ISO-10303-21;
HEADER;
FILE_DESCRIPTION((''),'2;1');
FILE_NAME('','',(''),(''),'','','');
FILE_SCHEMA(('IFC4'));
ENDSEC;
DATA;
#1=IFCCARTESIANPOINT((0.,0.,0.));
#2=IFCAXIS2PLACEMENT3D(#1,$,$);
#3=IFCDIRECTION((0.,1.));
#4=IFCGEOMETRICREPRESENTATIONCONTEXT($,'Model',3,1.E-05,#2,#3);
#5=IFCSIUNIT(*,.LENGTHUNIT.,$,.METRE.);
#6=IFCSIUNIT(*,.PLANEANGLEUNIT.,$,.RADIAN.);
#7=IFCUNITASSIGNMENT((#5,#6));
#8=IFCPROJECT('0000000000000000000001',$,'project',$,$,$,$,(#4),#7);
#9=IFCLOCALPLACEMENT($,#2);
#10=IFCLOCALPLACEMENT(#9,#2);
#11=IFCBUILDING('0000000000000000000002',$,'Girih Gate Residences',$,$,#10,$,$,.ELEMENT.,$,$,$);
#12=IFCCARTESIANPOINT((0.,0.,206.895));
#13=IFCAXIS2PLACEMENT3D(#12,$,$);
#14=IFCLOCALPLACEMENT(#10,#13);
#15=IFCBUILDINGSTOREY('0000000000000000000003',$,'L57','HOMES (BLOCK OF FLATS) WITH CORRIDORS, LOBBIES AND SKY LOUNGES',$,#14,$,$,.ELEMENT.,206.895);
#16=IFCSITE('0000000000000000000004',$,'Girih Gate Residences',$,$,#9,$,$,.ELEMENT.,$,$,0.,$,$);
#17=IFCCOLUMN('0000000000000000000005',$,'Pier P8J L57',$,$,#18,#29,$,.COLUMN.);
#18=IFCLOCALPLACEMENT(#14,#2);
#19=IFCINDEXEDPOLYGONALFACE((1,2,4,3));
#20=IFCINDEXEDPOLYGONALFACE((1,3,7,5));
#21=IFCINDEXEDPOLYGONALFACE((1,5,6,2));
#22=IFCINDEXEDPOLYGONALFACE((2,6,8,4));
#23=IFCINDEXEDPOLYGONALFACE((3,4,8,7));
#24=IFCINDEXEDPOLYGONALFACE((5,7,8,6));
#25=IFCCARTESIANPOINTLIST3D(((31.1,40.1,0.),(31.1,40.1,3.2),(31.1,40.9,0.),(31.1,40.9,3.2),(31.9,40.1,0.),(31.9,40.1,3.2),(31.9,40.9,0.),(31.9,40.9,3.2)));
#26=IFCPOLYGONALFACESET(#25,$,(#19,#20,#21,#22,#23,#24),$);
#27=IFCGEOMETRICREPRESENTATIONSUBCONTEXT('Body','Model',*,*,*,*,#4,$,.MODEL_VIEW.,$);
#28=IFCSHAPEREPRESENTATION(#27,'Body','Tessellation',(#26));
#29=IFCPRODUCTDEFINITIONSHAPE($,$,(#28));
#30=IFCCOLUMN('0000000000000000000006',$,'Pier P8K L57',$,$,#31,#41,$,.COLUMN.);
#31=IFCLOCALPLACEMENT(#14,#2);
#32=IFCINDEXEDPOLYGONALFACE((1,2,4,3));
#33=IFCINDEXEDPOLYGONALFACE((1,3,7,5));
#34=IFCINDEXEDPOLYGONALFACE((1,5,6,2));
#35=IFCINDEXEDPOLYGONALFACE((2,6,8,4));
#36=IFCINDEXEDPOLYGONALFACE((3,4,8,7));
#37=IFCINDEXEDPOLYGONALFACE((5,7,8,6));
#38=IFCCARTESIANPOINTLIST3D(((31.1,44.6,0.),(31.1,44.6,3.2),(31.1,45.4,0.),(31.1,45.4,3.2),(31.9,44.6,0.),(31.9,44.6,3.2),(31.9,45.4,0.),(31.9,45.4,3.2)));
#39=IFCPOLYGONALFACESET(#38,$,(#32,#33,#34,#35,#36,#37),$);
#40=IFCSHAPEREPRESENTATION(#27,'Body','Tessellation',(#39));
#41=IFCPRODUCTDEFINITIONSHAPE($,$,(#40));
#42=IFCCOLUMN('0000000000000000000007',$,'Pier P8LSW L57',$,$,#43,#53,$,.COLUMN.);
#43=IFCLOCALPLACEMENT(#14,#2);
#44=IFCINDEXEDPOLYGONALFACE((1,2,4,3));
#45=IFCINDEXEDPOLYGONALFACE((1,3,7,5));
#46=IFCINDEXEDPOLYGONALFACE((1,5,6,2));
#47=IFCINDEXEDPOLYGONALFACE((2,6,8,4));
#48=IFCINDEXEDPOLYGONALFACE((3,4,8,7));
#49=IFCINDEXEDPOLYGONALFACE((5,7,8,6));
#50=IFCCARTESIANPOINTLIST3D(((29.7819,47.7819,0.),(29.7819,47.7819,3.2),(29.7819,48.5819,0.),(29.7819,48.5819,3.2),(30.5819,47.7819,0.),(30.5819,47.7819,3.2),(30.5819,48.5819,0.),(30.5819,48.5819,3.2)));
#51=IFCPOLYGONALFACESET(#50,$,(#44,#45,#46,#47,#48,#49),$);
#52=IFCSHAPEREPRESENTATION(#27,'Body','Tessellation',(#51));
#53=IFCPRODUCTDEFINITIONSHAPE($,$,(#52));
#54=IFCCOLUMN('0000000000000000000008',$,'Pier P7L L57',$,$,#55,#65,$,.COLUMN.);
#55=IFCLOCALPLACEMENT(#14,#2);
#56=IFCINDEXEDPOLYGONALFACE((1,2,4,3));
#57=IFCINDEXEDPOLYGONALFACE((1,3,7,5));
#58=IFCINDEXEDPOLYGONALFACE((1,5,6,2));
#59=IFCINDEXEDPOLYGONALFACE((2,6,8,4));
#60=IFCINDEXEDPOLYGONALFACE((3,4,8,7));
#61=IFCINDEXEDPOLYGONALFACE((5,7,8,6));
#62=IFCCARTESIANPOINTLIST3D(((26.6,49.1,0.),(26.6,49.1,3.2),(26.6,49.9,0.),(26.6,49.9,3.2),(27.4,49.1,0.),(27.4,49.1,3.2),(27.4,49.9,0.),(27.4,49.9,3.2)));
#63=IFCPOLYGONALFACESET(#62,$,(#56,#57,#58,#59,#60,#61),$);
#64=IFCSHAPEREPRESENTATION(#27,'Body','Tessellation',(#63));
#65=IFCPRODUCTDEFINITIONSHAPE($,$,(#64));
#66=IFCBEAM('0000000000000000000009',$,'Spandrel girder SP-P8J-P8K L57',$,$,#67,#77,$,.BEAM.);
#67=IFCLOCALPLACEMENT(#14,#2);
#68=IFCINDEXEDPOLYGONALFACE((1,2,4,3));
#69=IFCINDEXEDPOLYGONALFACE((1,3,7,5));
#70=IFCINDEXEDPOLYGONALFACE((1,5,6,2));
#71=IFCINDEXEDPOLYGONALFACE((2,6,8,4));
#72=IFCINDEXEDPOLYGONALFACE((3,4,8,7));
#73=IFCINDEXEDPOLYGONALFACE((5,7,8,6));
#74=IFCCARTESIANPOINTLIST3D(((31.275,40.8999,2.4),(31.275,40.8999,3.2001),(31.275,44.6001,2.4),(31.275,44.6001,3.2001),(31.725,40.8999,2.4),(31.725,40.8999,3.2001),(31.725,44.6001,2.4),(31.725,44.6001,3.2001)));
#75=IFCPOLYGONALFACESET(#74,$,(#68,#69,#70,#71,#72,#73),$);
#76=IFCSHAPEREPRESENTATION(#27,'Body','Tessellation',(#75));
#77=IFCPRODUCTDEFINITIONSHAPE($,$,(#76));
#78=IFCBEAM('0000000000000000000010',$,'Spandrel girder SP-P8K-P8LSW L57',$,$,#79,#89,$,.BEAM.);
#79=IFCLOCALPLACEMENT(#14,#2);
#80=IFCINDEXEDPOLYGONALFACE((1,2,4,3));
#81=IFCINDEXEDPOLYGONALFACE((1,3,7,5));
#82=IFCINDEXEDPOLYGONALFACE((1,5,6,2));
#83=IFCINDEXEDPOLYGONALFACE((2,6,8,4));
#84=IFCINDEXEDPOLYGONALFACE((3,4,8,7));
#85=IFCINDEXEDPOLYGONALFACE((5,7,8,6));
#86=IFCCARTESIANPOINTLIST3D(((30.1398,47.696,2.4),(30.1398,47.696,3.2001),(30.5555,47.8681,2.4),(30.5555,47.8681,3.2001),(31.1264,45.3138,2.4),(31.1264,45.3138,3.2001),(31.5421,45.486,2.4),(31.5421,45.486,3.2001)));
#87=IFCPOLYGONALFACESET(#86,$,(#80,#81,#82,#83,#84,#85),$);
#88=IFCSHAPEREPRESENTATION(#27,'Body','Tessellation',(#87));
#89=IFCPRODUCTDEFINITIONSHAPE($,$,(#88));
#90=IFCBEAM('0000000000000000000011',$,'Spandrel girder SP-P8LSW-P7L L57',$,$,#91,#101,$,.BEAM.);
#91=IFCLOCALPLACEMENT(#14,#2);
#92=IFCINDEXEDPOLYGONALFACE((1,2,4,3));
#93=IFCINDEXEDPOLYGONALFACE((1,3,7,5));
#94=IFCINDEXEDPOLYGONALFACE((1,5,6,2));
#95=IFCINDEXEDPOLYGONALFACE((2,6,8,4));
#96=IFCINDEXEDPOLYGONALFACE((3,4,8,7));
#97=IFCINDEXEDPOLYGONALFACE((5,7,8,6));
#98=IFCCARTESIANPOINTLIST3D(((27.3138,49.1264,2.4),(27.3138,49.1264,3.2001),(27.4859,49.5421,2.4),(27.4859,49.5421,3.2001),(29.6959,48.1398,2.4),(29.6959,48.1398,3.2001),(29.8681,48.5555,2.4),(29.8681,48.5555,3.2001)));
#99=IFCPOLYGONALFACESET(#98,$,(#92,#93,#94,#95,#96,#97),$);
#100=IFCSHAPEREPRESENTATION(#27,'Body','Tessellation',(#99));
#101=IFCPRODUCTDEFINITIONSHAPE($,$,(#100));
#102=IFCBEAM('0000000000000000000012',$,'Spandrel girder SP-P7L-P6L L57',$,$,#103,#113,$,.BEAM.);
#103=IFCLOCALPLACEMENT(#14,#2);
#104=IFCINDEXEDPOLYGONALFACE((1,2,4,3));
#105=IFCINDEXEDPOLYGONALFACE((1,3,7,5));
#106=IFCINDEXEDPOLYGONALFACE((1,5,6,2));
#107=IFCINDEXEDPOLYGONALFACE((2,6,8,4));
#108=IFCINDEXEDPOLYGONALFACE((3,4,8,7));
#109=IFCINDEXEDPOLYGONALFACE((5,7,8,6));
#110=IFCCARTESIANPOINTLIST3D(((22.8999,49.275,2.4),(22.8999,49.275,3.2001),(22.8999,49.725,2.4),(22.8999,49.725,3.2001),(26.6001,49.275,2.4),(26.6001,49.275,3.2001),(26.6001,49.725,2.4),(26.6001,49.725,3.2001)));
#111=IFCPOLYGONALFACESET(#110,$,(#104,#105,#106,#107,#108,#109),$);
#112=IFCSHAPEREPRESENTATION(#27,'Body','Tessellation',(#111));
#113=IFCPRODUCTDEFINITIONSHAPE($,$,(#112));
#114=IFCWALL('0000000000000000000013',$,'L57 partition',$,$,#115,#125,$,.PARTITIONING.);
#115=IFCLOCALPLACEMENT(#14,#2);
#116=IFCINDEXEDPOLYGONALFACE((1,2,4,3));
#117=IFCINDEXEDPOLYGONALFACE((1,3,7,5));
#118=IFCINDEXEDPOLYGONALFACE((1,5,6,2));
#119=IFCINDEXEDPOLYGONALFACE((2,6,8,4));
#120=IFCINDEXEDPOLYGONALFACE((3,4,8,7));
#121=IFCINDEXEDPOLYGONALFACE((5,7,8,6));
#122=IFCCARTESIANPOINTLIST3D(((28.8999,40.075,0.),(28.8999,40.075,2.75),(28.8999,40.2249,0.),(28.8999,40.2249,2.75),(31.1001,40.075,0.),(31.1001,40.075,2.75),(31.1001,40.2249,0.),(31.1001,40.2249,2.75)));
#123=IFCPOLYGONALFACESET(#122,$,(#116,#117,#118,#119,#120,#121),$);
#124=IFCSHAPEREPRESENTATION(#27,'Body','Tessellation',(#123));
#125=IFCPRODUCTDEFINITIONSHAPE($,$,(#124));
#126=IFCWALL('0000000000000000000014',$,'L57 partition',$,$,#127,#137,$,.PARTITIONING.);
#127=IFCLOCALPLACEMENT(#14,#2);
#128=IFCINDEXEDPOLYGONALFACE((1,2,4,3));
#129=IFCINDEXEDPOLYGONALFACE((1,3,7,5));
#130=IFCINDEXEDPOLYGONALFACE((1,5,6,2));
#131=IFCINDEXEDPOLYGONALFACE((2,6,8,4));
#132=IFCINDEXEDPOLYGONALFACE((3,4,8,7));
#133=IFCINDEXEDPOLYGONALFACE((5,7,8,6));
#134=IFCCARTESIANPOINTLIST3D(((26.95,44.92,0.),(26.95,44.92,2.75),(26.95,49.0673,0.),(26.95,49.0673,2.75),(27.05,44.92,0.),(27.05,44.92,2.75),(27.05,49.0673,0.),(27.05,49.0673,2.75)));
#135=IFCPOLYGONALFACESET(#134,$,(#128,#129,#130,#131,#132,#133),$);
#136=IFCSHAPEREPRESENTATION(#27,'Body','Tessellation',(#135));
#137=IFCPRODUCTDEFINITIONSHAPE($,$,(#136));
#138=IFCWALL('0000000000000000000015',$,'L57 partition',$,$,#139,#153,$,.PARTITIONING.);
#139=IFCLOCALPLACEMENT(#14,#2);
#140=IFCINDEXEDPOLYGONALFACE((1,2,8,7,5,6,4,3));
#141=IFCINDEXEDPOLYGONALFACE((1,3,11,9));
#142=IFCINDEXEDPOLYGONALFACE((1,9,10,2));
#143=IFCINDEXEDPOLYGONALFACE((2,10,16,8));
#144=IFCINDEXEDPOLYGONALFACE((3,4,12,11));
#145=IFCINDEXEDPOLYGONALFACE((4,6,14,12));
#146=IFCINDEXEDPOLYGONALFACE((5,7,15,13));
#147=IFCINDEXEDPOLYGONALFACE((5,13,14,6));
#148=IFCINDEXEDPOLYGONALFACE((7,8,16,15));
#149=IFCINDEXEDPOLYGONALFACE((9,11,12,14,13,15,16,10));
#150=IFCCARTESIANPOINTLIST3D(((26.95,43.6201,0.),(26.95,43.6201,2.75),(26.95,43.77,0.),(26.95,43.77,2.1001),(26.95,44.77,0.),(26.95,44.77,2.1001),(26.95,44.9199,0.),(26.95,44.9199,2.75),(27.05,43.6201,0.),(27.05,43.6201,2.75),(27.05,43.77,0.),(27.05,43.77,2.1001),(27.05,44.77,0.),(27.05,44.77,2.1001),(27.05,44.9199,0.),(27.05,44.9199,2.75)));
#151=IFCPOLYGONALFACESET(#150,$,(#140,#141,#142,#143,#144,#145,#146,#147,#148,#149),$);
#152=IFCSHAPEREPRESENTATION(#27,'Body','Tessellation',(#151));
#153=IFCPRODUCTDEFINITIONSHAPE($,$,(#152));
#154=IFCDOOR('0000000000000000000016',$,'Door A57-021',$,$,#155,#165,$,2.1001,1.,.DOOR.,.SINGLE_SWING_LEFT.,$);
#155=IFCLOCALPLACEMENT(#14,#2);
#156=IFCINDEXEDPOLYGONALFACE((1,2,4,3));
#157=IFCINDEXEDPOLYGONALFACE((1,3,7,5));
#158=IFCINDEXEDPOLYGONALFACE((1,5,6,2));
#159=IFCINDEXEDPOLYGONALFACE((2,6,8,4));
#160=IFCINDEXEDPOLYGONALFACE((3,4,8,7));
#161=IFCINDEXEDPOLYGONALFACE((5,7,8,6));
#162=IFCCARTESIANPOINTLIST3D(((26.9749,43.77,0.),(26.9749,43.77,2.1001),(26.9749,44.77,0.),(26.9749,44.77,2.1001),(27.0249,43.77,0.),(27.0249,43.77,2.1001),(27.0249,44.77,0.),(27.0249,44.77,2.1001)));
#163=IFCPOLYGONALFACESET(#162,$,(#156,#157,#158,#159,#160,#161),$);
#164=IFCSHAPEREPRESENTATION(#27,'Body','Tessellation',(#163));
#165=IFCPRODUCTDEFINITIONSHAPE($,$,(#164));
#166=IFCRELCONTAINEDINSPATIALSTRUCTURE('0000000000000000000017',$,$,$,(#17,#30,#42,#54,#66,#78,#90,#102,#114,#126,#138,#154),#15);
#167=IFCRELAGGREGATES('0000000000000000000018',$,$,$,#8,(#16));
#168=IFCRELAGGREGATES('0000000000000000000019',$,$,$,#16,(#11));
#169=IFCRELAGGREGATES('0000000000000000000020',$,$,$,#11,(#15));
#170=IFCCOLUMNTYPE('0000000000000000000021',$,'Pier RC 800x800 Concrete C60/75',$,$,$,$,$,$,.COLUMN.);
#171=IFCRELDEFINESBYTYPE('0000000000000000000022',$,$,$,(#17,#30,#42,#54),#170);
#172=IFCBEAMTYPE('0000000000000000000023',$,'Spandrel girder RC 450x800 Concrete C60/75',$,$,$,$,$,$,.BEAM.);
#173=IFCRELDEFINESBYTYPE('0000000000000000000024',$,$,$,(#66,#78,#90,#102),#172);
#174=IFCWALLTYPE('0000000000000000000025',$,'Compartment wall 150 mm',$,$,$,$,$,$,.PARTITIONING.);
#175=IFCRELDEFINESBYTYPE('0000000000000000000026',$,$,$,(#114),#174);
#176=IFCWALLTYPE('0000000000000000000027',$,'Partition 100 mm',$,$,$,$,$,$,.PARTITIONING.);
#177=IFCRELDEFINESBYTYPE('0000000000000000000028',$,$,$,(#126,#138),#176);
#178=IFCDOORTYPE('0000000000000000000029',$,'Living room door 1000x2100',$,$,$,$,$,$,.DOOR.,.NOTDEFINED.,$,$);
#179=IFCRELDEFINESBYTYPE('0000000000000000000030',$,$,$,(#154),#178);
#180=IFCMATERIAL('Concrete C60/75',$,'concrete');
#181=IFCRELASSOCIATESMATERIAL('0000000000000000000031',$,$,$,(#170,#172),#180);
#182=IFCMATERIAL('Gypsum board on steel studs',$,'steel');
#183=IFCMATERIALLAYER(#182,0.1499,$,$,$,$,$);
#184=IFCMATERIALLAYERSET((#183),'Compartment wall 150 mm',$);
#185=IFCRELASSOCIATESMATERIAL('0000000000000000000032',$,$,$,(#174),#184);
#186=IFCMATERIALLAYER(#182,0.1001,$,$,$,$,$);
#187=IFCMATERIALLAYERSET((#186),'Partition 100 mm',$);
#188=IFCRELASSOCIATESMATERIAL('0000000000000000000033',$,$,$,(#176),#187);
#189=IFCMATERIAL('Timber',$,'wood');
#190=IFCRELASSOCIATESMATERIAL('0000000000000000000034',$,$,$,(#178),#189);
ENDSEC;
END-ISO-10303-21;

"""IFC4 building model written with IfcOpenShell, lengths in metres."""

from ifc_helpers import new_model, si_unit, direction, frame, frame_2d, origin, origin_2d, place, context, subcontext, project, spatial, rectangle, extrude, material, layer, layer_set, material_profile, profile_set, type_object, element, fill, save


model = new_model("IFC4")

# Units and contexts
model_context = context("Model", 3, precision=1e-05, world=origin(), true_north=direction((0.0, 1.0)))
body_context = subcontext(model_context, "Body", "Model", "MODEL_VIEW")
ifc_project = project(units=[si_unit("LENGTHUNIT", "METRE"), si_unit("PLANEANGLEUNIT", "RADIAN")], contexts=[model_context])

# Site, building, storey
site_placement = place(None, origin())
site = spatial("IfcSite", under=ifc_project, at=site_placement, Name="Girih Gate Residences", CompositionType="ELEMENT", RefElevation=0.0)
building_placement = place(site_placement, origin())
building = spatial("IfcBuilding", under=site, at=building_placement, Name="Girih Gate Residences", CompositionType="ELEMENT")
storey_placement = place(building_placement, frame((0.0, 0.0, 206.895)))
storey = spatial("IfcBuildingStorey", under=building, at=storey_placement, Name="L57", Description="HOMES (BLOCK OF FLATS) WITH CORRIDORS, LOBBIES AND SKY LOUNGES", CompositionType="ELEMENT", Elevation=206.895)

# Columns
ifc_material_1 = material(Name="Concrete C60/75", Category="concrete")
ifc_material_profile_1 = material_profile(ifc_material_1, rectangle(XDim=0.8, YDim=0.8, at=origin_2d()))
ifc_profile_set_1 = profile_set([ifc_material_profile_1], Name="Concrete C60/75")
column_type = type_object("IfcColumnType", Name="Pier RC 800x800 Concrete C60/75", PredefinedType="COLUMN", material=ifc_profile_set_1)
for number, where, z_axis, x_axis, name in (
    (1, (31.5, 40.5, 0.0), (0.0, 0.0, 1.0), (1.0, 0.0, 0.0), "Pier P8J L57"),
    (2, (31.5, 45.0, 0.0), (0.0, 0.0, 1.0), (1.0, 0.0, 0.0), "Pier P8K L57"),
    (3, (30.1819, 48.1819, 0.0), (0.0, 0.0, 1.0), (1.0, 0.0, 0.0), "Pier P8LSW L57"),
    (4, (27.0, 49.5, 0.0), (0.0, 0.0, 1.0), (1.0, 0.0, 0.0), "Pier P7L L57"),
):
    element("IfcColumn", number, at=place(storey_placement, frame(where, z_axis=z_axis, x_axis=x_axis)), inside=storey, type_object=column_type, Name=name, PredefinedType="COLUMN", context=body_context, shape_type="SweptSolid", body=[
        extrude(rectangle(XDim=0.8, YDim=0.8, at=origin_2d()), origin(), (0.0, 0.0, 1.0), 3.2),
    ])

# Beams
ifc_material_profile_2 = material_profile(ifc_material_1, rectangle(XDim=0.45, YDim=0.8, at=origin_2d()))
ifc_profile_set_2 = profile_set([ifc_material_profile_2], Name="Concrete C60/75")
beam_type = type_object("IfcBeamType", Name="Spandrel girder RC 450x800 Concrete C60/75", PredefinedType="BEAM", material=ifc_profile_set_2)
beam_1_placement = place(storey_placement, frame((31.5, 40.8999, 2.8), z_axis=(0.0, 1.0, 0.0), x_axis=(-1.0, 0.0, 0.0)))
element("IfcBeam", 5, at=beam_1_placement, inside=storey, type_object=beam_type, Name="Spandrel girder SP-P8J-P8K L57", PredefinedType="BEAM", context=body_context, shape_type="SweptSolid", body=[
    extrude(rectangle(XDim=0.45, YDim=0.8, at=origin_2d()), origin(), (0.0, 0.0, 1.0), 3.7002),
])
for number, where, z_axis, x_axis, name in (
    (6, (31.3342, 45.3999, 2.8), (-0.382644, 0.923896, 0.0), (-0.923896, -0.382644, 0.0), "Spandrel girder SP-P8K-P8LSW L57"),
    (7, (29.782, 48.3477, 2.8), (-0.923896, 0.382644, 0.0), (-0.382644, -0.923896, 0.0), "Spandrel girder SP-P8LSW-P7L L57"),
):
    element("IfcBeam", number, at=place(storey_placement, frame(where, z_axis=z_axis, x_axis=x_axis)), inside=storey, type_object=beam_type, Name=name, PredefinedType="BEAM", context=body_context, shape_type="SweptSolid", body=[
        extrude(rectangle(XDim=0.45, YDim=0.8, at=origin_2d()), origin(), (0.0, 0.0, 1.0), 2.5784),
    ])
beam_2_placement = place(storey_placement, frame((26.6001, 49.5, 2.8), z_axis=(-1.0, 0.0, 0.0), x_axis=(0.0, -1.0, 0.0)))
element("IfcBeam", 8, at=beam_2_placement, inside=storey, type_object=beam_type, Name="Spandrel girder SP-P7L-P6L L57", PredefinedType="BEAM", context=body_context, shape_type="SweptSolid", body=[
    extrude(rectangle(XDim=0.45, YDim=0.8, at=origin_2d()), origin(), (0.0, 0.0, 1.0), 3.7002),
])

# Walls
ifc_material_2 = material(Name="Gypsum board on steel studs", Category="steel")
ifc_layer_1 = layer(ifc_material_2, 0.1499)
ifc_layer_set_1 = layer_set([ifc_layer_1], Name="Compartment wall 150 mm")
wall_type_1 = type_object("IfcWallType", Name="Compartment wall 150 mm", PredefinedType="PARTITIONING", material=ifc_layer_set_1)
wall_1_placement = place(storey_placement, frame((28.8999, 40.1499, 0.0), z_axis=(0.0, 0.0, 1.0), x_axis=(1.0, 0.0, 0.0)))
element("IfcWall", 9, at=wall_1_placement, inside=storey, type_object=wall_type_1, Name="L57 partition", PredefinedType="PARTITIONING", context=body_context, shape_type="SweptSolid", body=[
    extrude(rectangle(XDim=2.2002, YDim=0.1499, at=frame_2d((1.1001, 0.0))), origin(), (0.0, 0.0, 1.0), 2.75),
])
ifc_layer_2 = layer(ifc_material_2, 0.1001)
ifc_layer_set_2 = layer_set([ifc_layer_2], Name="Partition 100 mm")
wall_type_2 = type_object("IfcWallType", Name="Partition 100 mm", PredefinedType="PARTITIONING", material=ifc_layer_set_2)
wall_2_placement = place(storey_placement, frame((27.0, 44.9199, 0.0), z_axis=(0.0, 0.0, 1.0), x_axis=(0.0, 1.0, 0.0)))
element("IfcWall", 10, at=wall_2_placement, inside=storey, type_object=wall_type_2, Name="L57 partition", PredefinedType="PARTITIONING", context=body_context, shape_type="SweptSolid", body=[
    extrude(rectangle(XDim=4.1472, YDim=0.1001, at=frame_2d((2.0737, 0.0))), origin(), (0.0, 0.0, 1.0), 2.75),
])

# Wall, opening, door
wall_3_placement = place(storey_placement, frame((27.0, 44.9199, 0.0), z_axis=(0.0, 0.0, 1.0), x_axis=(0.0, -1.0, 0.0)))
wall_3 = element("IfcWall", 11, at=wall_3_placement, inside=storey, type_object=wall_type_2, Name="L57 partition", PredefinedType="PARTITIONING", context=body_context, shape_type="SweptSolid", body=[
    extrude(rectangle(XDim=1.2998, YDim=0.1001, at=frame_2d((0.6499, 0.0))), origin(), (0.0, 0.0, 1.0), 2.75),
])
opening_1_placement = place(wall_3_placement, frame((0.1499, 0.0, 0.0)))
opening_1 = element("IfcOpeningElement", 12, at=opening_1_placement, cuts=wall_3, PredefinedType="OPENING", context=body_context, shape_type="SweptSolid", body=[
    extrude(rectangle(XDim=1.0, YDim=2.1001, at=frame_2d((0.5, 1.05))), frame((0.0, 0.0601, 0.0), z_axis=(0.0, -1.0, 0.0), x_axis=(1.0, 0.0, 0.0)), (0.0, 0.0, 1.0), 0.1201),
])
ifc_material_3 = material(Name="Timber", Category="wood")
door_type_1 = type_object("IfcDoorType", Name="Living room door 1000x2100", OperationType="NOTDEFINED", PredefinedType="DOOR", material=ifc_material_3)
door_1_placement = place(opening_1_placement, origin())
door_1 = element("IfcDoor", 13, at=door_1_placement, inside=storey, type_object=door_type_1, Name="Door A57-021", OperationType="SINGLE_SWING_LEFT", OverallHeight=2.1001, OverallWidth=1.0, PredefinedType="DOOR", context=body_context, shape_type="SweptSolid", body=[
    extrude(rectangle(XDim=1.0, YDim=2.1001, at=frame_2d((0.5, 1.05))), frame((0.0, 0.0249, 0.0), z_axis=(0.0, -1.0, 0.0), x_axis=(1.0, 0.0, 0.0)), (0.0, 0.0, 1.0), 0.05),
])
fill(opening_1, door_1)

save(model, "model.ifc")
